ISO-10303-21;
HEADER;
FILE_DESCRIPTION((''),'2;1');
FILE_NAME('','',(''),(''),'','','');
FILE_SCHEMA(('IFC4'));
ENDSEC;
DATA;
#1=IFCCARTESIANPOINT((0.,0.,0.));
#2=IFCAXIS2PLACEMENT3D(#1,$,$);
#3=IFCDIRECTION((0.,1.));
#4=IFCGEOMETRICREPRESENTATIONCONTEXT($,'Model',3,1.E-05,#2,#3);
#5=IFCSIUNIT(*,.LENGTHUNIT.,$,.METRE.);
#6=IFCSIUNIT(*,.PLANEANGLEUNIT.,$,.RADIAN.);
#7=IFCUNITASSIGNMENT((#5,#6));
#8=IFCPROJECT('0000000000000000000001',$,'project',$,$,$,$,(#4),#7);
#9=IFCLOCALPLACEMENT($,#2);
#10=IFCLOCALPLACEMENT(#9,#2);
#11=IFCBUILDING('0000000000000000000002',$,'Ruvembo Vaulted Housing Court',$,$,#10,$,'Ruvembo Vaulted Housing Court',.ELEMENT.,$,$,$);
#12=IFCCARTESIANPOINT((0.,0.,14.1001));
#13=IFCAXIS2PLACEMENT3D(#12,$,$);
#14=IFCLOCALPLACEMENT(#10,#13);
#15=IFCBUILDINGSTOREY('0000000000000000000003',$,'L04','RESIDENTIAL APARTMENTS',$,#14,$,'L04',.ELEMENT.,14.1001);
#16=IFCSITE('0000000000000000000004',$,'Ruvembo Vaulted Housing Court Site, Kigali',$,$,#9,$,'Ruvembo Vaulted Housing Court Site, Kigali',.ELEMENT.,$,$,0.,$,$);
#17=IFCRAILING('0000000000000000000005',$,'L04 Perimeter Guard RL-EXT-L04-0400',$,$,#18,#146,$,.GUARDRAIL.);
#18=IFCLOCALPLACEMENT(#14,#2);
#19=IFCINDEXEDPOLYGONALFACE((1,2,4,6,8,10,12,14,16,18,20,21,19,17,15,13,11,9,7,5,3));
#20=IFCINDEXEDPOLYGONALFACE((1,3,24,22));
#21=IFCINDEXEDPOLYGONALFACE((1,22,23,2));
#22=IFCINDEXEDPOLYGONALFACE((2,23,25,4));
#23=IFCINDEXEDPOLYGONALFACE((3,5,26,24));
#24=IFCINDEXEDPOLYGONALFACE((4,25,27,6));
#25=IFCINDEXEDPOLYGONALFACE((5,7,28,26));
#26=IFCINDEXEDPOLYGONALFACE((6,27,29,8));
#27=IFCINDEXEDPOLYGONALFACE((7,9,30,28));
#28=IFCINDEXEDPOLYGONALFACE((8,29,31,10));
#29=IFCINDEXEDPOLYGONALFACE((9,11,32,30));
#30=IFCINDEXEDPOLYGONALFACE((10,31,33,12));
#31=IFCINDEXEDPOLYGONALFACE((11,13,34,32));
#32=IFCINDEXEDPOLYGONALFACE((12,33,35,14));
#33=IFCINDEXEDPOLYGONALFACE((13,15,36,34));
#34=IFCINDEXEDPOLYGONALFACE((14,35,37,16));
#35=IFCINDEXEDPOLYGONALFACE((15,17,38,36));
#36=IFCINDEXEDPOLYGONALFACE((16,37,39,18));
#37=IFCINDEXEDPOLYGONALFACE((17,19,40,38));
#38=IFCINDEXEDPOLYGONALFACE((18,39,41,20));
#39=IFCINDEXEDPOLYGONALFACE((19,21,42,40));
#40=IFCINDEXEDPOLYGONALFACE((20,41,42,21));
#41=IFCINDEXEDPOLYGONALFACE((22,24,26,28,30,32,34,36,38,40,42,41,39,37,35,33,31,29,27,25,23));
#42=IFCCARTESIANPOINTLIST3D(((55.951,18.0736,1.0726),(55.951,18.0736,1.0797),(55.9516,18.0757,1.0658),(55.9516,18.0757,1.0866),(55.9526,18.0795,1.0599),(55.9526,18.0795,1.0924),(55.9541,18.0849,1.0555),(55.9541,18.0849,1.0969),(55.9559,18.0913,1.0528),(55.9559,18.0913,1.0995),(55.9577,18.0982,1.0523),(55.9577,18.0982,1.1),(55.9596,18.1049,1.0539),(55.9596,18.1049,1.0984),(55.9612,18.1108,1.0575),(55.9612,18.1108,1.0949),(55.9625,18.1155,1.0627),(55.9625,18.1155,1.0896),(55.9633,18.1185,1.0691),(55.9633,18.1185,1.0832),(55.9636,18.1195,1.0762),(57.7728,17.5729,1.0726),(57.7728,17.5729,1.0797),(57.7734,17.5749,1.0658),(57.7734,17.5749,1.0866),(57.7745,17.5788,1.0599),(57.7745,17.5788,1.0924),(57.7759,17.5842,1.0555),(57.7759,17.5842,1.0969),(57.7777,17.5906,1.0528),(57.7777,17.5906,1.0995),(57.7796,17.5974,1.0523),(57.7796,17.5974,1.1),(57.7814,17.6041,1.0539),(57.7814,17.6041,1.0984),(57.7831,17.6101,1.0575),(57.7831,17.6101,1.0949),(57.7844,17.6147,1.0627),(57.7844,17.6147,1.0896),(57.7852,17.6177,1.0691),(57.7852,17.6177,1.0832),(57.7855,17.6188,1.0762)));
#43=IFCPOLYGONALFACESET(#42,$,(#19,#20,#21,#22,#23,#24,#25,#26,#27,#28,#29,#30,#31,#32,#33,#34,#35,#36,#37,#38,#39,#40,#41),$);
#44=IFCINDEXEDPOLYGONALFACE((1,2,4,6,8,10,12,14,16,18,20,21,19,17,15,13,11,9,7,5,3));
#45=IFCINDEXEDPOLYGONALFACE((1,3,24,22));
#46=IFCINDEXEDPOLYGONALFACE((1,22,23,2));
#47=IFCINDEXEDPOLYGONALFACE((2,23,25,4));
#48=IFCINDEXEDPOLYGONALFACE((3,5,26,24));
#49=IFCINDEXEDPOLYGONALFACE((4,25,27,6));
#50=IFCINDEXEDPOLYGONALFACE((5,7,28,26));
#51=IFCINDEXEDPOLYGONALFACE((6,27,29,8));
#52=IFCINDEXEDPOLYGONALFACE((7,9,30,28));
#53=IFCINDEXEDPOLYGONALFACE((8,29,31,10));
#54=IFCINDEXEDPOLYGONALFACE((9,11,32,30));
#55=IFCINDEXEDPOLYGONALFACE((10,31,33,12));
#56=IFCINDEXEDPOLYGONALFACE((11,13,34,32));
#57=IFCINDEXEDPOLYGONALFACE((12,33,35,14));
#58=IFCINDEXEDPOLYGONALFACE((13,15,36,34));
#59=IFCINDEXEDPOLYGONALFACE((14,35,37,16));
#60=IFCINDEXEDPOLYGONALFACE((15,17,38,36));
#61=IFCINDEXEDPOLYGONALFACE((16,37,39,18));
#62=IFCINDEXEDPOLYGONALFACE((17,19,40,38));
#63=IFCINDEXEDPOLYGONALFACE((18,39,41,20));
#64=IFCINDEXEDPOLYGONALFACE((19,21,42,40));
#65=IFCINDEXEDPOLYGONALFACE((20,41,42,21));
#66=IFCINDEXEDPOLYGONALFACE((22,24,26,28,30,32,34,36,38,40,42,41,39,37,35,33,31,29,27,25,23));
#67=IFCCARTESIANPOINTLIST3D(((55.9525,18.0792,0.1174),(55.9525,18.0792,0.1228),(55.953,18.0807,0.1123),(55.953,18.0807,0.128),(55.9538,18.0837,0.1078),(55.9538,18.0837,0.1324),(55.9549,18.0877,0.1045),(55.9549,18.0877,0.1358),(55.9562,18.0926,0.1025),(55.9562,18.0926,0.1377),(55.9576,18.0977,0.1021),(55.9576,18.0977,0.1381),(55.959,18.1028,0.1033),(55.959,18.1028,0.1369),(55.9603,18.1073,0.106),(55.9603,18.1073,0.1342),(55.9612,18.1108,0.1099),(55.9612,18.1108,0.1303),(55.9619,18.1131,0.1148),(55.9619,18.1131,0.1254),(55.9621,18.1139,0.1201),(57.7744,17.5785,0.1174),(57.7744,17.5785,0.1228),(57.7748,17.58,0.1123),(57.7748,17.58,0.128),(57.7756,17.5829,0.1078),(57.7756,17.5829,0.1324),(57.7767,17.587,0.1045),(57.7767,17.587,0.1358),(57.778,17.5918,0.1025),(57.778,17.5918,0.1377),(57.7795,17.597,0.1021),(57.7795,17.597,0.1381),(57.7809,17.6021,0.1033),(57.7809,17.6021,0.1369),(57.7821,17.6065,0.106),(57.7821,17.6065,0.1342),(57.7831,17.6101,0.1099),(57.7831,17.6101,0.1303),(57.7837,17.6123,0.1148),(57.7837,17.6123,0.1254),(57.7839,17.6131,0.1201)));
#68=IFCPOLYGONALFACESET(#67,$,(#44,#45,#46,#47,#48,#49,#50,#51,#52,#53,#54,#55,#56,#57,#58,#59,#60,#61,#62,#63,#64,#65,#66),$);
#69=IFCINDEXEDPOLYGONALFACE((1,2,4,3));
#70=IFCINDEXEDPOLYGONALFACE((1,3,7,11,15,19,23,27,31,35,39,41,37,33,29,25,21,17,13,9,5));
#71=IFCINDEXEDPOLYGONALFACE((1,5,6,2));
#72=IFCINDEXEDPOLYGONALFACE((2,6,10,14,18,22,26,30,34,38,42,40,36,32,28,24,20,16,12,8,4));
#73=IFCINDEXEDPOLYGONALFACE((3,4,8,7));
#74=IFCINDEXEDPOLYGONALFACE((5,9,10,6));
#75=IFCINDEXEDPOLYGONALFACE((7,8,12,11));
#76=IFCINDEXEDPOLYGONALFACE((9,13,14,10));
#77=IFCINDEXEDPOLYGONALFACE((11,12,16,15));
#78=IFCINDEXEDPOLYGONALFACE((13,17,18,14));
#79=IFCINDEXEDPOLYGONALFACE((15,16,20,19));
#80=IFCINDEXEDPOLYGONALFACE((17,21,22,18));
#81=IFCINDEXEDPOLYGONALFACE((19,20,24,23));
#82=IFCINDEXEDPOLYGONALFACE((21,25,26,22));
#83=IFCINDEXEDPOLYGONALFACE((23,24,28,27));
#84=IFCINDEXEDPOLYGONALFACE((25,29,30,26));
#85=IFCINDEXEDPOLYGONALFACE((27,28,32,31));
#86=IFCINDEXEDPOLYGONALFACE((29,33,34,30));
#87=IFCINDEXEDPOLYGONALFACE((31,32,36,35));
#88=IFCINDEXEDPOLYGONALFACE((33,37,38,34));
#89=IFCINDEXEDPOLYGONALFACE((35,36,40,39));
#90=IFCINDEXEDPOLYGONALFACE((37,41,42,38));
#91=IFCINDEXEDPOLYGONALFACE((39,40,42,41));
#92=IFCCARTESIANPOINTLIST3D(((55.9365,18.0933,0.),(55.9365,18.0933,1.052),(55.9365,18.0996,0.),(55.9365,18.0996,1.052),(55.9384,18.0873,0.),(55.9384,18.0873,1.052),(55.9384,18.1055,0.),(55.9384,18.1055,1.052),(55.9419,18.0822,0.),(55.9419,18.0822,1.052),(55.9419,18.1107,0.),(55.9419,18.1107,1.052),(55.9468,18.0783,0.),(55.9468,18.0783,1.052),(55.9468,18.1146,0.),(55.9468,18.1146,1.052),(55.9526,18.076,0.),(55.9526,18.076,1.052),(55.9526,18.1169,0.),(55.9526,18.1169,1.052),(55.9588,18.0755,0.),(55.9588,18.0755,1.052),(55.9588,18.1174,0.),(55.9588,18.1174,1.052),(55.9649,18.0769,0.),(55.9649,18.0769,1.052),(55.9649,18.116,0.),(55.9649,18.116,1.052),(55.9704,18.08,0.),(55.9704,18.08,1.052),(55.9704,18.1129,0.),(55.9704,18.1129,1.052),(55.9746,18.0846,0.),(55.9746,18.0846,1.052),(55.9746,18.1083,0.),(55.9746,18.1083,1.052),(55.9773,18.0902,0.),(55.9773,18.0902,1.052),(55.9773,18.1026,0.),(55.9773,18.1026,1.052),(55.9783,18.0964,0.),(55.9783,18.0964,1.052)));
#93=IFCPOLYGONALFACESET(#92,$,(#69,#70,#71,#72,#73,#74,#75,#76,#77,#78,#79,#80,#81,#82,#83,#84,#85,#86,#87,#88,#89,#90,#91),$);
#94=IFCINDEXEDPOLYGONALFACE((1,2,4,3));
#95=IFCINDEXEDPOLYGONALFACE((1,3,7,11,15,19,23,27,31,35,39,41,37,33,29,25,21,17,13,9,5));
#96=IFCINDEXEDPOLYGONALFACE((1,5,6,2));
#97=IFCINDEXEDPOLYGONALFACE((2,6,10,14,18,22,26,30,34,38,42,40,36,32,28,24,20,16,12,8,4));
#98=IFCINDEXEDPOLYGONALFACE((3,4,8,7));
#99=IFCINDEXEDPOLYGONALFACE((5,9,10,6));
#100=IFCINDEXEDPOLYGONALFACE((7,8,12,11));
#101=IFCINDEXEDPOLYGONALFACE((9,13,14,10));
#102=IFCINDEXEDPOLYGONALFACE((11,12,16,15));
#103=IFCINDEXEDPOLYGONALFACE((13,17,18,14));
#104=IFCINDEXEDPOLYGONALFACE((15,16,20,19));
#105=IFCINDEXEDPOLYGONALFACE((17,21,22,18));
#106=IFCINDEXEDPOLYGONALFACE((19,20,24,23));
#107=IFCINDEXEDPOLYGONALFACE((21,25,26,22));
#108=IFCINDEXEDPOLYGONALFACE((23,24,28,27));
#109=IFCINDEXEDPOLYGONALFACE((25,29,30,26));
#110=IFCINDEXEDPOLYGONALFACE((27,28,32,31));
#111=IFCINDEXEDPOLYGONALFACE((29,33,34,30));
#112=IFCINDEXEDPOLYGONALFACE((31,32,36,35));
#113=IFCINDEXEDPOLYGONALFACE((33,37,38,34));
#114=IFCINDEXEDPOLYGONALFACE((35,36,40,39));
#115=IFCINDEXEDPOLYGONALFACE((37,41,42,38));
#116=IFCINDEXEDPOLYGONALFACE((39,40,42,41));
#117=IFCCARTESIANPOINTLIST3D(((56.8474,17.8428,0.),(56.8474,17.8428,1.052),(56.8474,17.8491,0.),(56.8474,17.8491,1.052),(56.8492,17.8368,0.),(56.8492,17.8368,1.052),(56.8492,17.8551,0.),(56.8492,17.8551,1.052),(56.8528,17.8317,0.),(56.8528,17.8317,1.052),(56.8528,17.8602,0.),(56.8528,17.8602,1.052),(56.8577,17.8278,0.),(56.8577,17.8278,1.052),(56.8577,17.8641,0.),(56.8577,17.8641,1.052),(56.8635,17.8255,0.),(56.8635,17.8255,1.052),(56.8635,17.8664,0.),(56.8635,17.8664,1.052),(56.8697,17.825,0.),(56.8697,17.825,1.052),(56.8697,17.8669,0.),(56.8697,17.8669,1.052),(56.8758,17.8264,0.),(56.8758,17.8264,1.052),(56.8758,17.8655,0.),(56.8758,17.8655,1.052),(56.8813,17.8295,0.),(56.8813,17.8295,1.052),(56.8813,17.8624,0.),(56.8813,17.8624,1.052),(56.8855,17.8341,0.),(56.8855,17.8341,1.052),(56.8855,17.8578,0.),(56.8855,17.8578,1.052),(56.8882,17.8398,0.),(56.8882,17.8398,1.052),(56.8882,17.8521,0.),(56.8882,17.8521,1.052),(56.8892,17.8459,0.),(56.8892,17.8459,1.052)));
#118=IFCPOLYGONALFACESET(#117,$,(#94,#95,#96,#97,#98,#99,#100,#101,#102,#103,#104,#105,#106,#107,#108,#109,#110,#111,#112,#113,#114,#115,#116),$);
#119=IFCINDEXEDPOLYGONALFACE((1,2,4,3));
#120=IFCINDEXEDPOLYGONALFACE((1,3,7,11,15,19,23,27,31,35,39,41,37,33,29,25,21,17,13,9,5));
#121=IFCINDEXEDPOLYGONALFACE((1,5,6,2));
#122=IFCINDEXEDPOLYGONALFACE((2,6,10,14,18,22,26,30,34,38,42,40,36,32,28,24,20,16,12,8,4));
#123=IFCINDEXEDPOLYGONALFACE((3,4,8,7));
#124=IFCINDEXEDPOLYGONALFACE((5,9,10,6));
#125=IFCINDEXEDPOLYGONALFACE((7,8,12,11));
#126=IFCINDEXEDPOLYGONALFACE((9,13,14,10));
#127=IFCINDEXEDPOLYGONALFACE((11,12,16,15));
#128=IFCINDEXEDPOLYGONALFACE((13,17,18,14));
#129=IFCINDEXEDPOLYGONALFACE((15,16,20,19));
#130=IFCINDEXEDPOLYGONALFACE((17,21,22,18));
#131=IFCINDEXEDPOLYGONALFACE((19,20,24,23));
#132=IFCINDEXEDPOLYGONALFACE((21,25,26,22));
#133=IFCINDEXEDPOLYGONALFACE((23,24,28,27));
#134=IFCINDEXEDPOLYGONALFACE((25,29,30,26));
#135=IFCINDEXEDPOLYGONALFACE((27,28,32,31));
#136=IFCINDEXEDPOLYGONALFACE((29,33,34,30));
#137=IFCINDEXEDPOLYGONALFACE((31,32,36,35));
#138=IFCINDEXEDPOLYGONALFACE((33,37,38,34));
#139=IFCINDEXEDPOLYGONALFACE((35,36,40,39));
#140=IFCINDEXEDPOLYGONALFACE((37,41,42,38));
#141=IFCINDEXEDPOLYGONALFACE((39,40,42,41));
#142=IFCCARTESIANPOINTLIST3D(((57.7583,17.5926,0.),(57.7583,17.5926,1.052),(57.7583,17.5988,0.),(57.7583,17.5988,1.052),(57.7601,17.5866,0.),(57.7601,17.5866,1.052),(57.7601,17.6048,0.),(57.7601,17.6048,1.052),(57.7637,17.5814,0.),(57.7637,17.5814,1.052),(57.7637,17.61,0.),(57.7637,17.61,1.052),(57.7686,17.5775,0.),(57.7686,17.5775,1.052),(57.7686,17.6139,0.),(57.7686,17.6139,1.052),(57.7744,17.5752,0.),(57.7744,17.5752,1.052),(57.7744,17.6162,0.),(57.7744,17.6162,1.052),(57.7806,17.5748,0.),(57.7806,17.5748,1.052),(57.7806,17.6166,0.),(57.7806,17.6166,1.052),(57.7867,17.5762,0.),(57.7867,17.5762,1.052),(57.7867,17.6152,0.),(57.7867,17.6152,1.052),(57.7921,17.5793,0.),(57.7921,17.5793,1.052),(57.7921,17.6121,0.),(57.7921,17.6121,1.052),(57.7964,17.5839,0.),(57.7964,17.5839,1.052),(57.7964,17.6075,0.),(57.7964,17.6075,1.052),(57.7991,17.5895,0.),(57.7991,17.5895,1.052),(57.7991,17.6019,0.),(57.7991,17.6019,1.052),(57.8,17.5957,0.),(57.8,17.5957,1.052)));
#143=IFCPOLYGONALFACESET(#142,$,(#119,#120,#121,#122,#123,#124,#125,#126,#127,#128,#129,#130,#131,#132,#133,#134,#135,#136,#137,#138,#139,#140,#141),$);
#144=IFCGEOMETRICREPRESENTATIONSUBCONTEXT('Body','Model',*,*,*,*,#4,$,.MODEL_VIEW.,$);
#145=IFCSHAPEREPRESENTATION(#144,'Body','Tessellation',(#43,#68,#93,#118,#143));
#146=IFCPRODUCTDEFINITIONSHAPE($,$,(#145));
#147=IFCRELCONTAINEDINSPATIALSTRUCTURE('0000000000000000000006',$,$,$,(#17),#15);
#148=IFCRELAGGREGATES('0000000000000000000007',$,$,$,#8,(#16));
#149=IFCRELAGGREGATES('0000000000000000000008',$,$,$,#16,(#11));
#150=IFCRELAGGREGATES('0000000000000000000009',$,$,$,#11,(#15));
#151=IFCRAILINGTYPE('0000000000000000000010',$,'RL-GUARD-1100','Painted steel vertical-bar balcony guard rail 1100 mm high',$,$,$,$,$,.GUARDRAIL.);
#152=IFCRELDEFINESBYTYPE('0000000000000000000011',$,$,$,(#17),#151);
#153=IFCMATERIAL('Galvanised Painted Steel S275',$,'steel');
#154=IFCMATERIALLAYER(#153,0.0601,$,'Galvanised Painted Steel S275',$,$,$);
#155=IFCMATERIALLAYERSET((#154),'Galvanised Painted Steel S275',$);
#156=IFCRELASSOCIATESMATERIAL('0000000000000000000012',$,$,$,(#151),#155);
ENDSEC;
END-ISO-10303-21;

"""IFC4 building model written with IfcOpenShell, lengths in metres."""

from ifc_helpers import new_model, si_unit, direction, frame, origin, origin_2d, place, context, subcontext, project, spatial, circle, extrude, material, layer, layer_set, type_object, element, save


model = new_model("IFC4")

# Units and contexts
model_context = context("Model", 3, precision=1e-05, world=origin(), true_north=direction((0.0, 1.0)))
body_context = subcontext(model_context, "Body", "Model", "MODEL_VIEW")
ifc_project = project(units=[si_unit("LENGTHUNIT", "METRE"), si_unit("PLANEANGLEUNIT", "RADIAN")], contexts=[model_context])

# Site, building, storey
site_placement = place(None, origin())
site = spatial("IfcSite", under=ifc_project, at=site_placement, Name="Ruvembo Vaulted Housing Court Site, Kigali", LongName="Ruvembo Vaulted Housing Court Site, Kigali", CompositionType="ELEMENT", RefElevation=0.0)
building_placement = place(site_placement, origin())
building = spatial("IfcBuilding", under=site, at=building_placement, Name="Ruvembo Vaulted Housing Court", LongName="Ruvembo Vaulted Housing Court", CompositionType="ELEMENT")
storey_placement = place(building_placement, frame((0.0, 0.0, 14.1001)))
storey = spatial("IfcBuildingStorey", under=building, at=storey_placement, Name="L04", Description="RESIDENTIAL APARTMENTS", LongName="L04", CompositionType="ELEMENT", Elevation=14.1001)

# Railing
ifc_material_1 = material(Name="Galvanised Painted Steel S275", Category="steel")
ifc_layer = layer(ifc_material_1, 0.0601, Name="Galvanised Painted Steel S275")
ifc_layer_set = layer_set([ifc_layer], Name="Galvanised Painted Steel S275")
railing_type = type_object("IfcRailingType", Name="RL-GUARD-1100", Description="Painted steel vertical-bar balcony guard rail 1100 mm high", PredefinedType="GUARDRAIL", material=ifc_layer_set)
railing_1_placement = place(storey_placement, frame((55.9573, 18.0964, 0.0)))
element("IfcRailing", 1, at=railing_1_placement, inside=storey, type_object=railing_type, Name="L04 Perimeter Guard RL-EXT-L04-0400", PredefinedType="GUARDRAIL", context=body_context, shape_type="SweptSolid", body=[
    extrude(circle(Radius=0.0239, at=origin_2d()), frame((0.0, 0.0, 1.0762), z_axis=(0.96424, -0.26503, 0.0), x_axis=(0.26503, 0.96424, 0.0)), (0.0, 0.0, 1.0), 1.8894),
    extrude(circle(Radius=0.0181, at=origin_2d()), frame((0.0, 0.0, 0.1201), z_axis=(0.96424, -0.26503, 0.0), x_axis=(0.26503, 0.96424, 0.0)), (0.0, 0.0, 1.0), 1.8894),
    extrude(circle(Radius=0.021, at=origin_2d()), origin(), (0.0, 0.0, 1.0), 1.052),
    extrude(circle(Radius=0.021, at=origin_2d()), frame((0.9109, -0.2505, 0.0)), (0.0, 0.0, 1.0), 1.052),
    extrude(circle(Radius=0.021, at=origin_2d()), frame((1.8218, -0.5007, 0.0)), (0.0, 0.0, 1.0), 1.052),
])

save(model, "model.ifc")
